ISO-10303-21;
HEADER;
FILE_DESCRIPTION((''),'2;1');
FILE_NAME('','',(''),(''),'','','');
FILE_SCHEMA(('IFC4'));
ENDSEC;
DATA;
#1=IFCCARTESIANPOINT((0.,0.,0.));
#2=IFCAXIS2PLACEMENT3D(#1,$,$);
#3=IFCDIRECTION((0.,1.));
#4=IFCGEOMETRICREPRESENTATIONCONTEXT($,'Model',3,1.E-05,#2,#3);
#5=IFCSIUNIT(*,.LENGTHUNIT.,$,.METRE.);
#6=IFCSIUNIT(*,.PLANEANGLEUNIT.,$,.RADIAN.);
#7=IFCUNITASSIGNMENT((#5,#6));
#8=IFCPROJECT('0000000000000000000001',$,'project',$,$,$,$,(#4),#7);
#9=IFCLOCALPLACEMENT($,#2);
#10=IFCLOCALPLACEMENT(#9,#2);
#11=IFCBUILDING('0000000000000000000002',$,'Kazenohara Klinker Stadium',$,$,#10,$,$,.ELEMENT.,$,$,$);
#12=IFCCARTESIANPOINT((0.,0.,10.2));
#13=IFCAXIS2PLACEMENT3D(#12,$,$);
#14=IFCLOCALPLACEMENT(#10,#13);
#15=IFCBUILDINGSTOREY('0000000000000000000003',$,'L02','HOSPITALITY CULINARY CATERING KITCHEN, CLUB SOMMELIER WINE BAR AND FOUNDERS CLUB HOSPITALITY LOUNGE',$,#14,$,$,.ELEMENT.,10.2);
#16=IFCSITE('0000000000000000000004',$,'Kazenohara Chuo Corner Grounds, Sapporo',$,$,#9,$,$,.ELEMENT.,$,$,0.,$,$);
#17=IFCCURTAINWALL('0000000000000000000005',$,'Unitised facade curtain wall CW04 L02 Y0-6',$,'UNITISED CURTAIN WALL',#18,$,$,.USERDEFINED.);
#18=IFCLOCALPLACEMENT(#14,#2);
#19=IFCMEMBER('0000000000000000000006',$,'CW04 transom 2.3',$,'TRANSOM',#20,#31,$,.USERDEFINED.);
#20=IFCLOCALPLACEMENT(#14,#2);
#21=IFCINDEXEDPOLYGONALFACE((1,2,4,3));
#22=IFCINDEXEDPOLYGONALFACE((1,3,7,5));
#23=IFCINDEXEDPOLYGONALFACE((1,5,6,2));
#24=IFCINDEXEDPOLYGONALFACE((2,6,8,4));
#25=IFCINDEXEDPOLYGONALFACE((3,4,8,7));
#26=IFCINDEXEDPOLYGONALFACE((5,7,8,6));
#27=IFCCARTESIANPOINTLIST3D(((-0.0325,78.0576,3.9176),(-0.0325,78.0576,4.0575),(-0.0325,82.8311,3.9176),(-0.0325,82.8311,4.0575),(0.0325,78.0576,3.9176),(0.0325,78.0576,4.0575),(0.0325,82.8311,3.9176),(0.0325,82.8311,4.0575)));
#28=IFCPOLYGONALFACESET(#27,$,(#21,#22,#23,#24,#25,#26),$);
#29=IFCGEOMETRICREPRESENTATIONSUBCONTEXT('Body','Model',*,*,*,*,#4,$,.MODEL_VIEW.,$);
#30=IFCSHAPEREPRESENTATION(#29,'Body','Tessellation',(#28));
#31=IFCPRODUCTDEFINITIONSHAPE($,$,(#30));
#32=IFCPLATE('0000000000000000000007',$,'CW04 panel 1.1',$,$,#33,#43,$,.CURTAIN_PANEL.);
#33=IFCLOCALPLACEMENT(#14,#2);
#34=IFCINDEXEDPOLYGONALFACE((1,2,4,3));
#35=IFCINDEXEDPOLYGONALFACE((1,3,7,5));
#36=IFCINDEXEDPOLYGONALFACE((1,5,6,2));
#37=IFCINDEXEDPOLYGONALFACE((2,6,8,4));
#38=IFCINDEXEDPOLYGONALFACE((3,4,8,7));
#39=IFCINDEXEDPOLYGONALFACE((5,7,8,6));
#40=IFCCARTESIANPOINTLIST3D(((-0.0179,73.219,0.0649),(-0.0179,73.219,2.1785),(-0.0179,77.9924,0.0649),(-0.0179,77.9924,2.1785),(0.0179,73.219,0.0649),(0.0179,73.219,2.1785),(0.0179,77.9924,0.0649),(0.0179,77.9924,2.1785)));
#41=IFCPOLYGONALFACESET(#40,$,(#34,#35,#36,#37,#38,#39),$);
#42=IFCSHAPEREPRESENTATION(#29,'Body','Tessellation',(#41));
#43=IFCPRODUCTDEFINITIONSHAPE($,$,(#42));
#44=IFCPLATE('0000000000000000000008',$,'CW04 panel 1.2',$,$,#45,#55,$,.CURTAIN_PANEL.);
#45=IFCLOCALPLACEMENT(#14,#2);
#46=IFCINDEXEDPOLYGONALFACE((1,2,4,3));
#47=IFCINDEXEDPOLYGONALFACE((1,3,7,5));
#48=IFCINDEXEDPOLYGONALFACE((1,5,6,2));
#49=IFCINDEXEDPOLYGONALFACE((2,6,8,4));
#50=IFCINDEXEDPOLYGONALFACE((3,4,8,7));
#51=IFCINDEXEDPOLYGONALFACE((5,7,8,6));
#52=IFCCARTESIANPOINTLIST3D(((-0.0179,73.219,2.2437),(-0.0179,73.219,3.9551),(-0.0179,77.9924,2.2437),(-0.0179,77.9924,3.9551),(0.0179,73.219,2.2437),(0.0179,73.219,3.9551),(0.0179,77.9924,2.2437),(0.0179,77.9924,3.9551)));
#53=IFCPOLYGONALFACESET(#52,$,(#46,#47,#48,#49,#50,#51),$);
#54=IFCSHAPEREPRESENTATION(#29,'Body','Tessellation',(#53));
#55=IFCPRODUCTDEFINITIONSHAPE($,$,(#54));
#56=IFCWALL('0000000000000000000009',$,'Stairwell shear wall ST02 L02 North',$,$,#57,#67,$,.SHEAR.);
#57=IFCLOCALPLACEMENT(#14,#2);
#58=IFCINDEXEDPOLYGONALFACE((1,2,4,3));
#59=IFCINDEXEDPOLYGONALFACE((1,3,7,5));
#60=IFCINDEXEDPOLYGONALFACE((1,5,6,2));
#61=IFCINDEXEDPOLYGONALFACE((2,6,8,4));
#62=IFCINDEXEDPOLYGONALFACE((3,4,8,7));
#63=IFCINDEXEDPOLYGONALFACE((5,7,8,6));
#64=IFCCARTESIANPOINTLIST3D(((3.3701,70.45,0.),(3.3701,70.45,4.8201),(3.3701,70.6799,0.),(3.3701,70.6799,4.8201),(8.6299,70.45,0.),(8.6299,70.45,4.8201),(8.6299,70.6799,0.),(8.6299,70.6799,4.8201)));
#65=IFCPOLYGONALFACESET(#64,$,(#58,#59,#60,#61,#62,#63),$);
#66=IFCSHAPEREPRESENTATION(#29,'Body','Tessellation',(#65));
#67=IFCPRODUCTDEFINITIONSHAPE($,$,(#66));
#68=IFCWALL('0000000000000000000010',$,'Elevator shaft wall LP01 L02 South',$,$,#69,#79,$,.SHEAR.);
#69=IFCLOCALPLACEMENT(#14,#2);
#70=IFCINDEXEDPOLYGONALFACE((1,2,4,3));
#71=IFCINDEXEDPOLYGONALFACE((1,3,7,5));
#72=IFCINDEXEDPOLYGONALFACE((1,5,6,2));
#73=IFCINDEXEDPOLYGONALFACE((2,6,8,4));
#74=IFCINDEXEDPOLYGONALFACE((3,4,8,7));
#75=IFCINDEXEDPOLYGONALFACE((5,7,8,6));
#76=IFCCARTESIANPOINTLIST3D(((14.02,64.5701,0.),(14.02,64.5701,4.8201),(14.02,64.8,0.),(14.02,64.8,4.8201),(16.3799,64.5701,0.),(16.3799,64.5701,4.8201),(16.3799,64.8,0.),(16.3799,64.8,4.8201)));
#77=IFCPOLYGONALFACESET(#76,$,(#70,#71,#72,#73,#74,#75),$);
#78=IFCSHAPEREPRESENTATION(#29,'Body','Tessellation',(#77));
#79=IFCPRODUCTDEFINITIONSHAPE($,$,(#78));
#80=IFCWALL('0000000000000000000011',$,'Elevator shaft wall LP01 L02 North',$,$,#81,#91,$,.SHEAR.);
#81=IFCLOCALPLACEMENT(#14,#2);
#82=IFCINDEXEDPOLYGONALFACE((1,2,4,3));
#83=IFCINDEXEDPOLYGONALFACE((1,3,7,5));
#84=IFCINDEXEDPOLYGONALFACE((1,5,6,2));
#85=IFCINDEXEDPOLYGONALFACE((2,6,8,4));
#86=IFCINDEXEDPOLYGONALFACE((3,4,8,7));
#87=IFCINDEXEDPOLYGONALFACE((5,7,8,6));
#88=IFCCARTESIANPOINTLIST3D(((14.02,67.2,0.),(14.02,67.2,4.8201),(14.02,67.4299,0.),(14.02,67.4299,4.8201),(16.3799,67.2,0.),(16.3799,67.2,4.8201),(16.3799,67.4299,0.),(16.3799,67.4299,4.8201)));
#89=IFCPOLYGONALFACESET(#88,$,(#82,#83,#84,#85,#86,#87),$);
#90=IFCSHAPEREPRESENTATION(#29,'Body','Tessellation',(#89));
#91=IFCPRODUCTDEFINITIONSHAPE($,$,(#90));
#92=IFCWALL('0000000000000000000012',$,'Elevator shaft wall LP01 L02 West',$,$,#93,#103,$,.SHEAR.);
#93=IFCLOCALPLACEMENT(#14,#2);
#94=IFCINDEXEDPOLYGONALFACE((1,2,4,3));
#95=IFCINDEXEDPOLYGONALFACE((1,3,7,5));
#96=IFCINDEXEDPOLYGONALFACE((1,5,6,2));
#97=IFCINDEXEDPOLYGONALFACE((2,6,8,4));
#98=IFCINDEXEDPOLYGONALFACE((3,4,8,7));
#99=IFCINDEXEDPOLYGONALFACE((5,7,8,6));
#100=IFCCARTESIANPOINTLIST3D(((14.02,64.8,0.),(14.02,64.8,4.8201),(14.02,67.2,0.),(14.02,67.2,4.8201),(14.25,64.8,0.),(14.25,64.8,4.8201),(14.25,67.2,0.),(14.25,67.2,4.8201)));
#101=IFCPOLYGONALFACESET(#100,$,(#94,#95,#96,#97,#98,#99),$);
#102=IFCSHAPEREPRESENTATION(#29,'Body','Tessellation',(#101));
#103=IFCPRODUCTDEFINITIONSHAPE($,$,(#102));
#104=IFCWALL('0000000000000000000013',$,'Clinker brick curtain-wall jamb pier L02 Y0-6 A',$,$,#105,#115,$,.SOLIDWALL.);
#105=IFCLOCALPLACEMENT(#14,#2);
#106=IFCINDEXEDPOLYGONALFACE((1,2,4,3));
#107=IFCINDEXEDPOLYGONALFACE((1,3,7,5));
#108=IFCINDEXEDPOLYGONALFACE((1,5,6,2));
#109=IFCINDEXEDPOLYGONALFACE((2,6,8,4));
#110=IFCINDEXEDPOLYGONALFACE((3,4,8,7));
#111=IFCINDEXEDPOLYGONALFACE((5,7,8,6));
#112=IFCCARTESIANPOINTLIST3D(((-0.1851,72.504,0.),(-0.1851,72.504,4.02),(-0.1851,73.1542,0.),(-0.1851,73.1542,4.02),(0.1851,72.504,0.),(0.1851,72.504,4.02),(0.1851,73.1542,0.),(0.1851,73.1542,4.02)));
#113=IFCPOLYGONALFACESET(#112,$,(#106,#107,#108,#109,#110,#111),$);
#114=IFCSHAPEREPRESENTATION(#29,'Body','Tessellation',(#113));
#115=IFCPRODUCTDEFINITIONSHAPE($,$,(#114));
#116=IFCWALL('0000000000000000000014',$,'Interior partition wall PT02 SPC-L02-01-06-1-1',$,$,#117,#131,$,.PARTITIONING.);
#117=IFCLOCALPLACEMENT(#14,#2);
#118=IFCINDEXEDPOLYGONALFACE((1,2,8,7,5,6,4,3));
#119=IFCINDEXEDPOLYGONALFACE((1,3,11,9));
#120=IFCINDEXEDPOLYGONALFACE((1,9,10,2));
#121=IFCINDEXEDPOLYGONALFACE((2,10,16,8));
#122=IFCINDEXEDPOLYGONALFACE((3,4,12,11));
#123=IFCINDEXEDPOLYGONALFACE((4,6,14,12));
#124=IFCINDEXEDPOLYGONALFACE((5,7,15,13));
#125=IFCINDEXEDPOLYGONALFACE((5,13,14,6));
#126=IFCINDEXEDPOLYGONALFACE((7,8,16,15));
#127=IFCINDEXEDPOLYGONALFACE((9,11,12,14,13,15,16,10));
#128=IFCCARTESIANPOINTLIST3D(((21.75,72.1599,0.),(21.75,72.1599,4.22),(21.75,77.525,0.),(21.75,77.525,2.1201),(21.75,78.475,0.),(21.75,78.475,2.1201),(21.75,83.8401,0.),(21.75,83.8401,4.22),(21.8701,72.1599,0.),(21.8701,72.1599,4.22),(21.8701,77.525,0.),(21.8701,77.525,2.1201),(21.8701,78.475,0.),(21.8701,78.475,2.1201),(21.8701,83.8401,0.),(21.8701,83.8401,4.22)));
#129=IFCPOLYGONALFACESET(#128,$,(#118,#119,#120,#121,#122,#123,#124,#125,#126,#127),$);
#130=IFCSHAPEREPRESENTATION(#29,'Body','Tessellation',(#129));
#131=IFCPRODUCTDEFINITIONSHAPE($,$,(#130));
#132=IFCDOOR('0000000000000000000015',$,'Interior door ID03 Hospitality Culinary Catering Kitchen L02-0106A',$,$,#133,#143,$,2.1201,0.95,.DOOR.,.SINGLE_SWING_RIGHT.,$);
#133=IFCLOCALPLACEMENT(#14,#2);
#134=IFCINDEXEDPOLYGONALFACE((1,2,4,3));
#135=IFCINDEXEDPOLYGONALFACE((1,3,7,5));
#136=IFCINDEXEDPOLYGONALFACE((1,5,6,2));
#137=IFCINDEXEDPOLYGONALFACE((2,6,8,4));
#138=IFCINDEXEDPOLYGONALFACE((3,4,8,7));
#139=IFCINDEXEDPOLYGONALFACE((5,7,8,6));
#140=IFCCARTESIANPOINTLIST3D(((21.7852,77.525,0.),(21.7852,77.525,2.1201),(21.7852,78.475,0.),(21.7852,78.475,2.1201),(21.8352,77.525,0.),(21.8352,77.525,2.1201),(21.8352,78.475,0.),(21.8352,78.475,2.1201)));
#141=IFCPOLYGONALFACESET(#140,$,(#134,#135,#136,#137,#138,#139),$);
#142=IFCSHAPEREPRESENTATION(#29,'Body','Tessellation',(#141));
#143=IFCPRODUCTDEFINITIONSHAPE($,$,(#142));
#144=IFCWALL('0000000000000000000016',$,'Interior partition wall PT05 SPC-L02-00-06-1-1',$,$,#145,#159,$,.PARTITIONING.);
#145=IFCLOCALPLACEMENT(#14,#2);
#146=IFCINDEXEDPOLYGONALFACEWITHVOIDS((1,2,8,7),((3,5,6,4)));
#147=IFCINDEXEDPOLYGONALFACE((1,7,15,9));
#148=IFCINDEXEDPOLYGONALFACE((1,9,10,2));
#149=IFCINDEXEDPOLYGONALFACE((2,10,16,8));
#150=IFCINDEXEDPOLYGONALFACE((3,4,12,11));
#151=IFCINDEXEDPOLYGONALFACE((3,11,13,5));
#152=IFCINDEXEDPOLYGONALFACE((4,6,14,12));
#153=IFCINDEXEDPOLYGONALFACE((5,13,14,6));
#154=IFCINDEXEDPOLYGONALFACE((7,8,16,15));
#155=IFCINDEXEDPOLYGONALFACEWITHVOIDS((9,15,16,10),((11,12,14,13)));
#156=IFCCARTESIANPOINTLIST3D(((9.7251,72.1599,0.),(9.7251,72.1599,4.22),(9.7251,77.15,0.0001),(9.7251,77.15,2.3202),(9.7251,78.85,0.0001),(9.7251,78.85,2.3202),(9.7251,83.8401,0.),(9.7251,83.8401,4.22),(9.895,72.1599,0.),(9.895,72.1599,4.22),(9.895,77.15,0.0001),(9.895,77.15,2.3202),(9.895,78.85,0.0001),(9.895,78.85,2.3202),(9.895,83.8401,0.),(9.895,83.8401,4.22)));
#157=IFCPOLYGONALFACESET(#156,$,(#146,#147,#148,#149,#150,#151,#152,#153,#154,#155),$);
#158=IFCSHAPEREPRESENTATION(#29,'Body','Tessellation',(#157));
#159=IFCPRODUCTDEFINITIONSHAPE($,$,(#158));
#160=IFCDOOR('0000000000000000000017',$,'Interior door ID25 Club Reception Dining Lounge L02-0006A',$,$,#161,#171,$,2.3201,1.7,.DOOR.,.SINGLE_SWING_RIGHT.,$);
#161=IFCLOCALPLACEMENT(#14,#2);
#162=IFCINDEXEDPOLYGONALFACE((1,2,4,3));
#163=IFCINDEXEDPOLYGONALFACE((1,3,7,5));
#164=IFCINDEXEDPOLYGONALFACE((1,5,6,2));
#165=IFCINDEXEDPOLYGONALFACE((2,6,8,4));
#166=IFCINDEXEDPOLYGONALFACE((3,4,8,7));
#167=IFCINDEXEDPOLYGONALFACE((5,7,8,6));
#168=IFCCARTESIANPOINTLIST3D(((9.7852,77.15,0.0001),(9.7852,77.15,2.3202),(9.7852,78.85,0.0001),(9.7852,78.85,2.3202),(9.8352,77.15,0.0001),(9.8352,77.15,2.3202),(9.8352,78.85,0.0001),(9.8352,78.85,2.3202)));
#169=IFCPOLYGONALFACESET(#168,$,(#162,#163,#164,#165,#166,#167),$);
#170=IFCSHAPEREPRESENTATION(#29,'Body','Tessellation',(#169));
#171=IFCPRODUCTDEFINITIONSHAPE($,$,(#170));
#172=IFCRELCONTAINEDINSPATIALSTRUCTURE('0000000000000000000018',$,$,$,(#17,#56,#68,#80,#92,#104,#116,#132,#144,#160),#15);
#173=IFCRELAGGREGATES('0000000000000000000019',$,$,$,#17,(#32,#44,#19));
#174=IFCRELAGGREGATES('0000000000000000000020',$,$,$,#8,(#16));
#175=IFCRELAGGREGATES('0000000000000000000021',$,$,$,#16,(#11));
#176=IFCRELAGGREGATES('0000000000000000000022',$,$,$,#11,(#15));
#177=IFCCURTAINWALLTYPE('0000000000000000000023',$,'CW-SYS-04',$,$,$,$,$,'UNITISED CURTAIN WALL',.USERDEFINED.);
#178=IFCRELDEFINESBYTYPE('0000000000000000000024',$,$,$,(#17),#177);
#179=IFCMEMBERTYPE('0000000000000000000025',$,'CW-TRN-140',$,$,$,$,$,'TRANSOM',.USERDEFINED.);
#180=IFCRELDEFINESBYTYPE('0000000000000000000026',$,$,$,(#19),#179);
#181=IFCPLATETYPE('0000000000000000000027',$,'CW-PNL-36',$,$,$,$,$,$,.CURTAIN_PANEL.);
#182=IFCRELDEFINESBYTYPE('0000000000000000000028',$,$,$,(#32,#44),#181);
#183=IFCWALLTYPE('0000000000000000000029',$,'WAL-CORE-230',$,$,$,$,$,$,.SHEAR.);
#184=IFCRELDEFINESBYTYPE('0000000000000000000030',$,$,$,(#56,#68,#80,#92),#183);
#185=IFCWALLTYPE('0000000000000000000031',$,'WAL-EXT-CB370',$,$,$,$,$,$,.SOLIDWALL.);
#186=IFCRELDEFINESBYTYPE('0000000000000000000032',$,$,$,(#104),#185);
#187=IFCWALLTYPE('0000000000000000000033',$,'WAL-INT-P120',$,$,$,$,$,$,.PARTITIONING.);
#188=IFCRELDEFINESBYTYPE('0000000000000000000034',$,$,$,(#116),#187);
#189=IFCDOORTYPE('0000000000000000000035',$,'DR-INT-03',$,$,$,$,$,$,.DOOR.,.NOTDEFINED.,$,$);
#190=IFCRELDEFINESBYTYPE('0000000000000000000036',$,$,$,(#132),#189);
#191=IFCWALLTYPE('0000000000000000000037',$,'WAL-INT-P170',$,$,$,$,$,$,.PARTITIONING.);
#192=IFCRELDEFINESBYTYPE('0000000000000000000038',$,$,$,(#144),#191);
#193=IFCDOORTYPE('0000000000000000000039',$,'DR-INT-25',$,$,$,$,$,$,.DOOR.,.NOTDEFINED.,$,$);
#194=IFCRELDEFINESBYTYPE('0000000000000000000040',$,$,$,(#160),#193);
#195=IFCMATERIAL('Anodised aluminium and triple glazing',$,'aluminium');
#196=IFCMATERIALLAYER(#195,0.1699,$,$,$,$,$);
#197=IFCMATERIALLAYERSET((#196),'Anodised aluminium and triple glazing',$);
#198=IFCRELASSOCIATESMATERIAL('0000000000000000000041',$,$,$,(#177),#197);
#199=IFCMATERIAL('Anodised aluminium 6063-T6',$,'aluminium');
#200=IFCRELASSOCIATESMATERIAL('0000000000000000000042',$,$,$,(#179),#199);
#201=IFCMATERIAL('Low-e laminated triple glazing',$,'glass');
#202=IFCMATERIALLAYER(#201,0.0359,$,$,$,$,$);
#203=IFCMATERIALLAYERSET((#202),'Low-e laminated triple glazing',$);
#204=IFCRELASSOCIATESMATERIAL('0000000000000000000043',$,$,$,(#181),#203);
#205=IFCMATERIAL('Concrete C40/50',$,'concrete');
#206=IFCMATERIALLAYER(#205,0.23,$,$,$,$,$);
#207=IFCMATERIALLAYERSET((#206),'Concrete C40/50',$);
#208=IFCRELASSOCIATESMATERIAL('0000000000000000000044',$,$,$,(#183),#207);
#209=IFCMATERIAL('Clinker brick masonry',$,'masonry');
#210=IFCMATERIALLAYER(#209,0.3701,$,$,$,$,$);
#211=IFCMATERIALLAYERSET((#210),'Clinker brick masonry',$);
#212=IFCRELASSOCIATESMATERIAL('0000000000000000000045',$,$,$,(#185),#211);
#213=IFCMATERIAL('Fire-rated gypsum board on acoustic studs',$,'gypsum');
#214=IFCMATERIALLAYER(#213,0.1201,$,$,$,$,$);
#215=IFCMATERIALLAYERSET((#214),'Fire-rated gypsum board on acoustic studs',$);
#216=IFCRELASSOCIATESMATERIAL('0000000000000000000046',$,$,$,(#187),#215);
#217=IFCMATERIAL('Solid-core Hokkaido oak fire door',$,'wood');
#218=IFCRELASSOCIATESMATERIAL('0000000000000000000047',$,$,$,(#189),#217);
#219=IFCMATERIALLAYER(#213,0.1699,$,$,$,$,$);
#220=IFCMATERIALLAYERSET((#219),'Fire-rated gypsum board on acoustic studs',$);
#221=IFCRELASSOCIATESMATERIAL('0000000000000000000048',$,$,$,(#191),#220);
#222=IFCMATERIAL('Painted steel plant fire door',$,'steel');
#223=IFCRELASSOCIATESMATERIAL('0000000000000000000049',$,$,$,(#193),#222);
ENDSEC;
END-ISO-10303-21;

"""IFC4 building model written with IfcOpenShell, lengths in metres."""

from ifc_helpers import new_model, si_unit, direction, frame, frame_2d, origin, origin_2d, place, context, subcontext, project, spatial, rectangle, extrude, material, layer, layer_set, material_profile, profile_set, type_object, element, fill, aggregate, save


model = new_model("IFC4")

# Units and contexts
model_context = context("Model", 3, precision=1e-05, world=origin(), true_north=direction((0.0, 1.0)))
body_context = subcontext(model_context, "Body", "Model", "MODEL_VIEW")
ifc_project = project(units=[si_unit("LENGTHUNIT", "METRE"), si_unit("PLANEANGLEUNIT", "RADIAN")], contexts=[model_context])

# Site, building, storey
site_placement = place(None, origin())
site = spatial("IfcSite", under=ifc_project, at=site_placement, Name="Kazenohara Chuo Corner Grounds, Sapporo", CompositionType="ELEMENT", RefElevation=0.0)
building_placement = place(site_placement, origin())
building = spatial("IfcBuilding", under=site, at=building_placement, Name="Kazenohara Klinker Stadium", CompositionType="ELEMENT")
storey_placement = place(building_placement, frame((0.0, 0.0, 10.2)))
storey = spatial("IfcBuildingStorey", under=building, at=storey_placement, Name="L02", Description="HOSPITALITY CULINARY CATERING KITCHEN, CLUB SOMMELIER WINE BAR AND FOUNDERS CLUB HOSPITALITY LOUNGE", CompositionType="ELEMENT", Elevation=10.2)

# Shared definitions
ifc_material_1 = material(Name="Concrete C40/50", Category="concrete")

# Curtain wall, member, plates
ifc_material_2 = material(Name="Anodised aluminium and triple glazing", Category="aluminium")
ifc_layer_1 = layer(ifc_material_2, 0.1699)
ifc_layer_set_1 = layer_set([ifc_layer_1], Name="Anodised aluminium and triple glazing")
curtain_wall_type = type_object("IfcCurtainWallType", Name="CW-SYS-04", ElementType="UNITISED CURTAIN WALL", PredefinedType="USERDEFINED", material=ifc_layer_set_1)
curtain_wall_placement = place(storey_placement, origin())
curtain_wall = element("IfcCurtainWall", 1, at=curtain_wall_placement, inside=storey, type_object=curtain_wall_type, Name="Unitised facade curtain wall CW04 L02 Y0-6", ObjectType="UNITISED CURTAIN WALL", PredefinedType="USERDEFINED")
ifc_material_3 = material(Name="Anodised aluminium 6063-T6", Category="aluminium")
ifc_material_profile_1 = material_profile(ifc_material_3, rectangle(XDim=0.0649, YDim=0.1399, at=origin_2d()), Name="ALU-TRN-65x140")
ifc_profile_set_1 = profile_set([ifc_material_profile_1], Name="Anodised aluminium 6063-T6")
member_type_1 = type_object("IfcMemberType", Name="CW-TRN-140", ElementType="TRANSOM", PredefinedType="USERDEFINED", material=ifc_profile_set_1)
member_1_placement = place(storey_placement, frame((0.0, 78.0576, 3.9875), z_axis=(0.0, 1.0, 0.0), x_axis=(-1.0, 0.0, 0.0)))
member_1 = element("IfcMember", 2, at=member_1_placement, type_object=member_type_1, Name="CW04 transom 2.3", ObjectType="TRANSOM", PredefinedType="USERDEFINED", context=body_context, shape_type="SweptSolid", body=[
    extrude(rectangle(XDim=0.0649, YDim=0.1399, at=origin_2d()), origin(), (0.0, 0.0, 1.0), 4.7734),
])
ifc_material_4 = material(Name="Low-e laminated triple glazing", Category="glass")
ifc_layer_2 = layer(ifc_material_4, 0.0359)
ifc_layer_set_2 = layer_set([ifc_layer_2], Name="Low-e laminated triple glazing")
plate_type = type_object("IfcPlateType", Name="CW-PNL-36", PredefinedType="CURTAIN_PANEL", material=ifc_layer_set_2)
plate_1_placement = place(storey_placement, frame((0.0, 75.6057, 0.0649), z_axis=(0.0, 0.0, 1.0), x_axis=(0.0, 1.0, 0.0)))
plate_1 = element("IfcPlate", 3, at=plate_1_placement, type_object=plate_type, Name="CW04 panel 1.1", PredefinedType="CURTAIN_PANEL", context=body_context, shape_type="SweptSolid", body=[
    extrude(rectangle(XDim=4.7734, YDim=0.0359, at=origin_2d()), origin(), (0.0, 0.0, 1.0), 2.1135),
])
plate_2_placement = place(storey_placement, frame((0.0, 75.6057, 2.2437), z_axis=(0.0, 0.0, 1.0), x_axis=(0.0, 1.0, 0.0)))
plate_2 = element("IfcPlate", 4, at=plate_2_placement, type_object=plate_type, Name="CW04 panel 1.2", PredefinedType="CURTAIN_PANEL", context=body_context, shape_type="SweptSolid", body=[
    extrude(rectangle(XDim=4.7734, YDim=0.0359, at=origin_2d()), origin(), (0.0, 0.0, 1.0), 1.7114),
])
aggregate(curtain_wall, [plate_1, plate_2, member_1])

# Walls
ifc_layer_3 = layer(ifc_material_1, 0.23)
ifc_layer_set_3 = layer_set([ifc_layer_3], Name="Concrete C40/50")
wall_type_1 = type_object("IfcWallType", Name="WAL-CORE-230", PredefinedType="SHEAR", material=ifc_layer_set_3)
wall_1_placement = place(storey_placement, frame((3.3701, 70.5649, 0.0), z_axis=(0.0, 0.0, 1.0), x_axis=(1.0, 0.0, 0.0)))
element("IfcWall", 5, at=wall_1_placement, inside=storey, type_object=wall_type_1, Name="Stairwell shear wall ST02 L02 North", PredefinedType="SHEAR", context=body_context, shape_type="SweptSolid", body=[
    extrude(rectangle(XDim=5.2598, YDim=0.23, at=frame_2d((2.6299, 0.0))), origin(), (0.0, 0.0, 1.0), 4.8201),
])
for number, where, z_axis, x_axis, name in (
    (6, (14.02, 64.6851, 0.0), (0.0, 0.0, 1.0), (1.0, 0.0, 0.0), "Elevator shaft wall LP01 L02 South"),
    (7, (14.02, 67.3149, 0.0), (0.0, 0.0, 1.0), (1.0, 0.0, 0.0), "Elevator shaft wall LP01 L02 North"),
):
    element("IfcWall", number, at=place(storey_placement, frame(where, z_axis=z_axis, x_axis=x_axis)), inside=storey, type_object=wall_type_1, Name=name, PredefinedType="SHEAR", context=body_context, shape_type="SweptSolid", body=[
        extrude(rectangle(XDim=2.3599, YDim=0.23, at=frame_2d((1.1799, 0.0))), origin(), (0.0, 0.0, 1.0), 4.8201),
    ])
wall_2_placement = place(storey_placement, frame((14.135, 64.8, 0.0), z_axis=(0.0, 0.0, 1.0), x_axis=(0.0, 1.0, 0.0)))
element("IfcWall", 8, at=wall_2_placement, inside=storey, type_object=wall_type_1, Name="Elevator shaft wall LP01 L02 West", PredefinedType="SHEAR", context=body_context, shape_type="SweptSolid", body=[
    extrude(rectangle(XDim=2.3999, YDim=0.23, at=frame_2d((1.2, 0.0))), origin(), (0.0, 0.0, 1.0), 4.8201),
])

# Wall
ifc_material_5 = material(Name="Clinker brick masonry", Category="masonry")
ifc_layer_4 = layer(ifc_material_5, 0.3701)
ifc_layer_set_4 = layer_set([ifc_layer_4], Name="Clinker brick masonry")
wall_type_2 = type_object("IfcWallType", Name="WAL-EXT-CB370", PredefinedType="SOLIDWALL", material=ifc_layer_set_4)
wall_3_placement = place(storey_placement, frame((0.0, 72.5039, 0.0), z_axis=(0.0, 0.0, 1.0), x_axis=(0.0, 1.0, 0.0)))
element("IfcWall", 9, at=wall_3_placement, inside=storey, type_object=wall_type_2, Name="Clinker brick curtain-wall jamb pier L02 Y0-6 A", PredefinedType="SOLIDWALL", context=body_context, shape_type="SweptSolid", body=[
    extrude(rectangle(XDim=0.6501, YDim=0.3701, at=frame_2d((0.3252, 0.0))), origin(), (0.0, 0.0, 1.0), 4.02),
])

# Walls, openings, doors
ifc_material_6 = material(Name="Fire-rated gypsum board on acoustic studs", Category="gypsum")
ifc_layer_5 = layer(ifc_material_6, 0.1201)
ifc_layer_set_5 = layer_set([ifc_layer_5], Name="Fire-rated gypsum board on acoustic studs")
wall_type_3 = type_object("IfcWallType", Name="WAL-INT-P120", PredefinedType="PARTITIONING", material=ifc_layer_set_5)
wall_4_placement = place(storey_placement, frame((21.8101, 72.1599, 0.0), z_axis=(0.0, 0.0, 1.0), x_axis=(0.0, 1.0, 0.0)))
wall_4 = element("IfcWall", 10, at=wall_4_placement, inside=storey, type_object=wall_type_3, Name="Interior partition wall PT02 SPC-L02-01-06-1-1", PredefinedType="PARTITIONING", context=body_context, shape_type="SweptSolid", body=[
    extrude(rectangle(XDim=11.6802, YDim=0.1201, at=frame_2d((5.8401, 0.0))), origin(), (0.0, 0.0, 1.0), 4.22),
])
opening_1_placement = place(wall_4_placement, frame((5.365, 0.0, 0.0)))
opening_1 = element("IfcOpeningElement", 11, at=opening_1_placement, cuts=wall_4, PredefinedType="OPENING", context=body_context, shape_type="SweptSolid", body=[
    extrude(rectangle(XDim=0.95, YDim=2.1201, at=frame_2d((0.4751, 1.0601))), frame((0.0, 0.0701, 0.0), z_axis=(0.0, -1.0, 0.0), x_axis=(1.0, 0.0, 0.0)), (0.0, 0.0, 1.0), 0.1401),
])
ifc_material_7 = material(Name="Solid-core Hokkaido oak fire door", Category="wood")
door_type_1 = type_object("IfcDoorType", Name="DR-INT-03", OperationType="NOTDEFINED", PredefinedType="DOOR", material=ifc_material_7)
door_1_placement = place(opening_1_placement, origin())
door_1 = element("IfcDoor", 12, at=door_1_placement, inside=storey, type_object=door_type_1, Name="Interior door ID03 Hospitality Culinary Catering Kitchen L02-0106A", OperationType="SINGLE_SWING_RIGHT", OverallHeight=2.1201, OverallWidth=0.95, PredefinedType="DOOR", context=body_context, shape_type="SweptSolid", body=[
    extrude(rectangle(XDim=0.95, YDim=2.1201, at=frame_2d((0.4751, 1.0601))), frame((0.0, 0.0249, 0.0), z_axis=(0.0, -1.0, 0.0), x_axis=(1.0, 0.0, 0.0)), (0.0, 0.0, 1.0), 0.05),
])
fill(opening_1, door_1)
ifc_layer_6 = layer(ifc_material_6, 0.1699)
ifc_layer_set_6 = layer_set([ifc_layer_6], Name="Fire-rated gypsum board on acoustic studs")
wall_type_4 = type_object("IfcWallType", Name="WAL-INT-P170", PredefinedType="PARTITIONING", material=ifc_layer_set_6)
wall_5_placement = place(storey_placement, frame((9.8101, 72.1599, 0.0), z_axis=(0.0, 0.0, 1.0), x_axis=(0.0, 1.0, 0.0)))
wall_5 = element("IfcWall", 13, at=wall_5_placement, inside=storey, type_object=wall_type_4, Name="Interior partition wall PT05 SPC-L02-00-06-1-1", PredefinedType="PARTITIONING", context=body_context, shape_type="SweptSolid", body=[
    extrude(rectangle(XDim=11.6802, YDim=0.1699, at=frame_2d((5.8401, 0.0))), origin(), (0.0, 0.0, 1.0), 4.22),
])
opening_2_placement = place(wall_5_placement, frame((4.99, 0.0, 0.0)))
opening_2 = element("IfcOpeningElement", 14, at=opening_2_placement, cuts=wall_5, PredefinedType="OPENING", context=body_context, shape_type="SweptSolid", body=[
    extrude(rectangle(XDim=1.7, YDim=2.3201, at=frame_2d((0.8501, 1.1602))), frame((0.0, 0.095, 0.0), z_axis=(0.0, -1.0, 0.0), x_axis=(1.0, 0.0, 0.0)), (0.0, 0.0, 1.0), 0.1899),
])
ifc_material_8 = material(Name="Painted steel plant fire door", Category="steel")
door_type_2 = type_object("IfcDoorType", Name="DR-INT-25", OperationType="NOTDEFINED", PredefinedType="DOOR", material=ifc_material_8)
door_2_placement = place(opening_2_placement, origin())
door_2 = element("IfcDoor", 15, at=door_2_placement, inside=storey, type_object=door_type_2, Name="Interior door ID25 Club Reception Dining Lounge L02-0006A", OperationType="SINGLE_SWING_RIGHT", OverallHeight=2.3201, OverallWidth=1.7, PredefinedType="DOOR", context=body_context, shape_type="SweptSolid", body=[
    extrude(rectangle(XDim=1.7, YDim=2.3201, at=frame_2d((0.8501, 1.1602))), frame((0.0, 0.0249, 0.0), z_axis=(0.0, -1.0, 0.0), x_axis=(1.0, 0.0, 0.0)), (0.0, 0.0, 1.0), 0.05),
])
fill(opening_2, door_2)

save(model, "model.ifc")
